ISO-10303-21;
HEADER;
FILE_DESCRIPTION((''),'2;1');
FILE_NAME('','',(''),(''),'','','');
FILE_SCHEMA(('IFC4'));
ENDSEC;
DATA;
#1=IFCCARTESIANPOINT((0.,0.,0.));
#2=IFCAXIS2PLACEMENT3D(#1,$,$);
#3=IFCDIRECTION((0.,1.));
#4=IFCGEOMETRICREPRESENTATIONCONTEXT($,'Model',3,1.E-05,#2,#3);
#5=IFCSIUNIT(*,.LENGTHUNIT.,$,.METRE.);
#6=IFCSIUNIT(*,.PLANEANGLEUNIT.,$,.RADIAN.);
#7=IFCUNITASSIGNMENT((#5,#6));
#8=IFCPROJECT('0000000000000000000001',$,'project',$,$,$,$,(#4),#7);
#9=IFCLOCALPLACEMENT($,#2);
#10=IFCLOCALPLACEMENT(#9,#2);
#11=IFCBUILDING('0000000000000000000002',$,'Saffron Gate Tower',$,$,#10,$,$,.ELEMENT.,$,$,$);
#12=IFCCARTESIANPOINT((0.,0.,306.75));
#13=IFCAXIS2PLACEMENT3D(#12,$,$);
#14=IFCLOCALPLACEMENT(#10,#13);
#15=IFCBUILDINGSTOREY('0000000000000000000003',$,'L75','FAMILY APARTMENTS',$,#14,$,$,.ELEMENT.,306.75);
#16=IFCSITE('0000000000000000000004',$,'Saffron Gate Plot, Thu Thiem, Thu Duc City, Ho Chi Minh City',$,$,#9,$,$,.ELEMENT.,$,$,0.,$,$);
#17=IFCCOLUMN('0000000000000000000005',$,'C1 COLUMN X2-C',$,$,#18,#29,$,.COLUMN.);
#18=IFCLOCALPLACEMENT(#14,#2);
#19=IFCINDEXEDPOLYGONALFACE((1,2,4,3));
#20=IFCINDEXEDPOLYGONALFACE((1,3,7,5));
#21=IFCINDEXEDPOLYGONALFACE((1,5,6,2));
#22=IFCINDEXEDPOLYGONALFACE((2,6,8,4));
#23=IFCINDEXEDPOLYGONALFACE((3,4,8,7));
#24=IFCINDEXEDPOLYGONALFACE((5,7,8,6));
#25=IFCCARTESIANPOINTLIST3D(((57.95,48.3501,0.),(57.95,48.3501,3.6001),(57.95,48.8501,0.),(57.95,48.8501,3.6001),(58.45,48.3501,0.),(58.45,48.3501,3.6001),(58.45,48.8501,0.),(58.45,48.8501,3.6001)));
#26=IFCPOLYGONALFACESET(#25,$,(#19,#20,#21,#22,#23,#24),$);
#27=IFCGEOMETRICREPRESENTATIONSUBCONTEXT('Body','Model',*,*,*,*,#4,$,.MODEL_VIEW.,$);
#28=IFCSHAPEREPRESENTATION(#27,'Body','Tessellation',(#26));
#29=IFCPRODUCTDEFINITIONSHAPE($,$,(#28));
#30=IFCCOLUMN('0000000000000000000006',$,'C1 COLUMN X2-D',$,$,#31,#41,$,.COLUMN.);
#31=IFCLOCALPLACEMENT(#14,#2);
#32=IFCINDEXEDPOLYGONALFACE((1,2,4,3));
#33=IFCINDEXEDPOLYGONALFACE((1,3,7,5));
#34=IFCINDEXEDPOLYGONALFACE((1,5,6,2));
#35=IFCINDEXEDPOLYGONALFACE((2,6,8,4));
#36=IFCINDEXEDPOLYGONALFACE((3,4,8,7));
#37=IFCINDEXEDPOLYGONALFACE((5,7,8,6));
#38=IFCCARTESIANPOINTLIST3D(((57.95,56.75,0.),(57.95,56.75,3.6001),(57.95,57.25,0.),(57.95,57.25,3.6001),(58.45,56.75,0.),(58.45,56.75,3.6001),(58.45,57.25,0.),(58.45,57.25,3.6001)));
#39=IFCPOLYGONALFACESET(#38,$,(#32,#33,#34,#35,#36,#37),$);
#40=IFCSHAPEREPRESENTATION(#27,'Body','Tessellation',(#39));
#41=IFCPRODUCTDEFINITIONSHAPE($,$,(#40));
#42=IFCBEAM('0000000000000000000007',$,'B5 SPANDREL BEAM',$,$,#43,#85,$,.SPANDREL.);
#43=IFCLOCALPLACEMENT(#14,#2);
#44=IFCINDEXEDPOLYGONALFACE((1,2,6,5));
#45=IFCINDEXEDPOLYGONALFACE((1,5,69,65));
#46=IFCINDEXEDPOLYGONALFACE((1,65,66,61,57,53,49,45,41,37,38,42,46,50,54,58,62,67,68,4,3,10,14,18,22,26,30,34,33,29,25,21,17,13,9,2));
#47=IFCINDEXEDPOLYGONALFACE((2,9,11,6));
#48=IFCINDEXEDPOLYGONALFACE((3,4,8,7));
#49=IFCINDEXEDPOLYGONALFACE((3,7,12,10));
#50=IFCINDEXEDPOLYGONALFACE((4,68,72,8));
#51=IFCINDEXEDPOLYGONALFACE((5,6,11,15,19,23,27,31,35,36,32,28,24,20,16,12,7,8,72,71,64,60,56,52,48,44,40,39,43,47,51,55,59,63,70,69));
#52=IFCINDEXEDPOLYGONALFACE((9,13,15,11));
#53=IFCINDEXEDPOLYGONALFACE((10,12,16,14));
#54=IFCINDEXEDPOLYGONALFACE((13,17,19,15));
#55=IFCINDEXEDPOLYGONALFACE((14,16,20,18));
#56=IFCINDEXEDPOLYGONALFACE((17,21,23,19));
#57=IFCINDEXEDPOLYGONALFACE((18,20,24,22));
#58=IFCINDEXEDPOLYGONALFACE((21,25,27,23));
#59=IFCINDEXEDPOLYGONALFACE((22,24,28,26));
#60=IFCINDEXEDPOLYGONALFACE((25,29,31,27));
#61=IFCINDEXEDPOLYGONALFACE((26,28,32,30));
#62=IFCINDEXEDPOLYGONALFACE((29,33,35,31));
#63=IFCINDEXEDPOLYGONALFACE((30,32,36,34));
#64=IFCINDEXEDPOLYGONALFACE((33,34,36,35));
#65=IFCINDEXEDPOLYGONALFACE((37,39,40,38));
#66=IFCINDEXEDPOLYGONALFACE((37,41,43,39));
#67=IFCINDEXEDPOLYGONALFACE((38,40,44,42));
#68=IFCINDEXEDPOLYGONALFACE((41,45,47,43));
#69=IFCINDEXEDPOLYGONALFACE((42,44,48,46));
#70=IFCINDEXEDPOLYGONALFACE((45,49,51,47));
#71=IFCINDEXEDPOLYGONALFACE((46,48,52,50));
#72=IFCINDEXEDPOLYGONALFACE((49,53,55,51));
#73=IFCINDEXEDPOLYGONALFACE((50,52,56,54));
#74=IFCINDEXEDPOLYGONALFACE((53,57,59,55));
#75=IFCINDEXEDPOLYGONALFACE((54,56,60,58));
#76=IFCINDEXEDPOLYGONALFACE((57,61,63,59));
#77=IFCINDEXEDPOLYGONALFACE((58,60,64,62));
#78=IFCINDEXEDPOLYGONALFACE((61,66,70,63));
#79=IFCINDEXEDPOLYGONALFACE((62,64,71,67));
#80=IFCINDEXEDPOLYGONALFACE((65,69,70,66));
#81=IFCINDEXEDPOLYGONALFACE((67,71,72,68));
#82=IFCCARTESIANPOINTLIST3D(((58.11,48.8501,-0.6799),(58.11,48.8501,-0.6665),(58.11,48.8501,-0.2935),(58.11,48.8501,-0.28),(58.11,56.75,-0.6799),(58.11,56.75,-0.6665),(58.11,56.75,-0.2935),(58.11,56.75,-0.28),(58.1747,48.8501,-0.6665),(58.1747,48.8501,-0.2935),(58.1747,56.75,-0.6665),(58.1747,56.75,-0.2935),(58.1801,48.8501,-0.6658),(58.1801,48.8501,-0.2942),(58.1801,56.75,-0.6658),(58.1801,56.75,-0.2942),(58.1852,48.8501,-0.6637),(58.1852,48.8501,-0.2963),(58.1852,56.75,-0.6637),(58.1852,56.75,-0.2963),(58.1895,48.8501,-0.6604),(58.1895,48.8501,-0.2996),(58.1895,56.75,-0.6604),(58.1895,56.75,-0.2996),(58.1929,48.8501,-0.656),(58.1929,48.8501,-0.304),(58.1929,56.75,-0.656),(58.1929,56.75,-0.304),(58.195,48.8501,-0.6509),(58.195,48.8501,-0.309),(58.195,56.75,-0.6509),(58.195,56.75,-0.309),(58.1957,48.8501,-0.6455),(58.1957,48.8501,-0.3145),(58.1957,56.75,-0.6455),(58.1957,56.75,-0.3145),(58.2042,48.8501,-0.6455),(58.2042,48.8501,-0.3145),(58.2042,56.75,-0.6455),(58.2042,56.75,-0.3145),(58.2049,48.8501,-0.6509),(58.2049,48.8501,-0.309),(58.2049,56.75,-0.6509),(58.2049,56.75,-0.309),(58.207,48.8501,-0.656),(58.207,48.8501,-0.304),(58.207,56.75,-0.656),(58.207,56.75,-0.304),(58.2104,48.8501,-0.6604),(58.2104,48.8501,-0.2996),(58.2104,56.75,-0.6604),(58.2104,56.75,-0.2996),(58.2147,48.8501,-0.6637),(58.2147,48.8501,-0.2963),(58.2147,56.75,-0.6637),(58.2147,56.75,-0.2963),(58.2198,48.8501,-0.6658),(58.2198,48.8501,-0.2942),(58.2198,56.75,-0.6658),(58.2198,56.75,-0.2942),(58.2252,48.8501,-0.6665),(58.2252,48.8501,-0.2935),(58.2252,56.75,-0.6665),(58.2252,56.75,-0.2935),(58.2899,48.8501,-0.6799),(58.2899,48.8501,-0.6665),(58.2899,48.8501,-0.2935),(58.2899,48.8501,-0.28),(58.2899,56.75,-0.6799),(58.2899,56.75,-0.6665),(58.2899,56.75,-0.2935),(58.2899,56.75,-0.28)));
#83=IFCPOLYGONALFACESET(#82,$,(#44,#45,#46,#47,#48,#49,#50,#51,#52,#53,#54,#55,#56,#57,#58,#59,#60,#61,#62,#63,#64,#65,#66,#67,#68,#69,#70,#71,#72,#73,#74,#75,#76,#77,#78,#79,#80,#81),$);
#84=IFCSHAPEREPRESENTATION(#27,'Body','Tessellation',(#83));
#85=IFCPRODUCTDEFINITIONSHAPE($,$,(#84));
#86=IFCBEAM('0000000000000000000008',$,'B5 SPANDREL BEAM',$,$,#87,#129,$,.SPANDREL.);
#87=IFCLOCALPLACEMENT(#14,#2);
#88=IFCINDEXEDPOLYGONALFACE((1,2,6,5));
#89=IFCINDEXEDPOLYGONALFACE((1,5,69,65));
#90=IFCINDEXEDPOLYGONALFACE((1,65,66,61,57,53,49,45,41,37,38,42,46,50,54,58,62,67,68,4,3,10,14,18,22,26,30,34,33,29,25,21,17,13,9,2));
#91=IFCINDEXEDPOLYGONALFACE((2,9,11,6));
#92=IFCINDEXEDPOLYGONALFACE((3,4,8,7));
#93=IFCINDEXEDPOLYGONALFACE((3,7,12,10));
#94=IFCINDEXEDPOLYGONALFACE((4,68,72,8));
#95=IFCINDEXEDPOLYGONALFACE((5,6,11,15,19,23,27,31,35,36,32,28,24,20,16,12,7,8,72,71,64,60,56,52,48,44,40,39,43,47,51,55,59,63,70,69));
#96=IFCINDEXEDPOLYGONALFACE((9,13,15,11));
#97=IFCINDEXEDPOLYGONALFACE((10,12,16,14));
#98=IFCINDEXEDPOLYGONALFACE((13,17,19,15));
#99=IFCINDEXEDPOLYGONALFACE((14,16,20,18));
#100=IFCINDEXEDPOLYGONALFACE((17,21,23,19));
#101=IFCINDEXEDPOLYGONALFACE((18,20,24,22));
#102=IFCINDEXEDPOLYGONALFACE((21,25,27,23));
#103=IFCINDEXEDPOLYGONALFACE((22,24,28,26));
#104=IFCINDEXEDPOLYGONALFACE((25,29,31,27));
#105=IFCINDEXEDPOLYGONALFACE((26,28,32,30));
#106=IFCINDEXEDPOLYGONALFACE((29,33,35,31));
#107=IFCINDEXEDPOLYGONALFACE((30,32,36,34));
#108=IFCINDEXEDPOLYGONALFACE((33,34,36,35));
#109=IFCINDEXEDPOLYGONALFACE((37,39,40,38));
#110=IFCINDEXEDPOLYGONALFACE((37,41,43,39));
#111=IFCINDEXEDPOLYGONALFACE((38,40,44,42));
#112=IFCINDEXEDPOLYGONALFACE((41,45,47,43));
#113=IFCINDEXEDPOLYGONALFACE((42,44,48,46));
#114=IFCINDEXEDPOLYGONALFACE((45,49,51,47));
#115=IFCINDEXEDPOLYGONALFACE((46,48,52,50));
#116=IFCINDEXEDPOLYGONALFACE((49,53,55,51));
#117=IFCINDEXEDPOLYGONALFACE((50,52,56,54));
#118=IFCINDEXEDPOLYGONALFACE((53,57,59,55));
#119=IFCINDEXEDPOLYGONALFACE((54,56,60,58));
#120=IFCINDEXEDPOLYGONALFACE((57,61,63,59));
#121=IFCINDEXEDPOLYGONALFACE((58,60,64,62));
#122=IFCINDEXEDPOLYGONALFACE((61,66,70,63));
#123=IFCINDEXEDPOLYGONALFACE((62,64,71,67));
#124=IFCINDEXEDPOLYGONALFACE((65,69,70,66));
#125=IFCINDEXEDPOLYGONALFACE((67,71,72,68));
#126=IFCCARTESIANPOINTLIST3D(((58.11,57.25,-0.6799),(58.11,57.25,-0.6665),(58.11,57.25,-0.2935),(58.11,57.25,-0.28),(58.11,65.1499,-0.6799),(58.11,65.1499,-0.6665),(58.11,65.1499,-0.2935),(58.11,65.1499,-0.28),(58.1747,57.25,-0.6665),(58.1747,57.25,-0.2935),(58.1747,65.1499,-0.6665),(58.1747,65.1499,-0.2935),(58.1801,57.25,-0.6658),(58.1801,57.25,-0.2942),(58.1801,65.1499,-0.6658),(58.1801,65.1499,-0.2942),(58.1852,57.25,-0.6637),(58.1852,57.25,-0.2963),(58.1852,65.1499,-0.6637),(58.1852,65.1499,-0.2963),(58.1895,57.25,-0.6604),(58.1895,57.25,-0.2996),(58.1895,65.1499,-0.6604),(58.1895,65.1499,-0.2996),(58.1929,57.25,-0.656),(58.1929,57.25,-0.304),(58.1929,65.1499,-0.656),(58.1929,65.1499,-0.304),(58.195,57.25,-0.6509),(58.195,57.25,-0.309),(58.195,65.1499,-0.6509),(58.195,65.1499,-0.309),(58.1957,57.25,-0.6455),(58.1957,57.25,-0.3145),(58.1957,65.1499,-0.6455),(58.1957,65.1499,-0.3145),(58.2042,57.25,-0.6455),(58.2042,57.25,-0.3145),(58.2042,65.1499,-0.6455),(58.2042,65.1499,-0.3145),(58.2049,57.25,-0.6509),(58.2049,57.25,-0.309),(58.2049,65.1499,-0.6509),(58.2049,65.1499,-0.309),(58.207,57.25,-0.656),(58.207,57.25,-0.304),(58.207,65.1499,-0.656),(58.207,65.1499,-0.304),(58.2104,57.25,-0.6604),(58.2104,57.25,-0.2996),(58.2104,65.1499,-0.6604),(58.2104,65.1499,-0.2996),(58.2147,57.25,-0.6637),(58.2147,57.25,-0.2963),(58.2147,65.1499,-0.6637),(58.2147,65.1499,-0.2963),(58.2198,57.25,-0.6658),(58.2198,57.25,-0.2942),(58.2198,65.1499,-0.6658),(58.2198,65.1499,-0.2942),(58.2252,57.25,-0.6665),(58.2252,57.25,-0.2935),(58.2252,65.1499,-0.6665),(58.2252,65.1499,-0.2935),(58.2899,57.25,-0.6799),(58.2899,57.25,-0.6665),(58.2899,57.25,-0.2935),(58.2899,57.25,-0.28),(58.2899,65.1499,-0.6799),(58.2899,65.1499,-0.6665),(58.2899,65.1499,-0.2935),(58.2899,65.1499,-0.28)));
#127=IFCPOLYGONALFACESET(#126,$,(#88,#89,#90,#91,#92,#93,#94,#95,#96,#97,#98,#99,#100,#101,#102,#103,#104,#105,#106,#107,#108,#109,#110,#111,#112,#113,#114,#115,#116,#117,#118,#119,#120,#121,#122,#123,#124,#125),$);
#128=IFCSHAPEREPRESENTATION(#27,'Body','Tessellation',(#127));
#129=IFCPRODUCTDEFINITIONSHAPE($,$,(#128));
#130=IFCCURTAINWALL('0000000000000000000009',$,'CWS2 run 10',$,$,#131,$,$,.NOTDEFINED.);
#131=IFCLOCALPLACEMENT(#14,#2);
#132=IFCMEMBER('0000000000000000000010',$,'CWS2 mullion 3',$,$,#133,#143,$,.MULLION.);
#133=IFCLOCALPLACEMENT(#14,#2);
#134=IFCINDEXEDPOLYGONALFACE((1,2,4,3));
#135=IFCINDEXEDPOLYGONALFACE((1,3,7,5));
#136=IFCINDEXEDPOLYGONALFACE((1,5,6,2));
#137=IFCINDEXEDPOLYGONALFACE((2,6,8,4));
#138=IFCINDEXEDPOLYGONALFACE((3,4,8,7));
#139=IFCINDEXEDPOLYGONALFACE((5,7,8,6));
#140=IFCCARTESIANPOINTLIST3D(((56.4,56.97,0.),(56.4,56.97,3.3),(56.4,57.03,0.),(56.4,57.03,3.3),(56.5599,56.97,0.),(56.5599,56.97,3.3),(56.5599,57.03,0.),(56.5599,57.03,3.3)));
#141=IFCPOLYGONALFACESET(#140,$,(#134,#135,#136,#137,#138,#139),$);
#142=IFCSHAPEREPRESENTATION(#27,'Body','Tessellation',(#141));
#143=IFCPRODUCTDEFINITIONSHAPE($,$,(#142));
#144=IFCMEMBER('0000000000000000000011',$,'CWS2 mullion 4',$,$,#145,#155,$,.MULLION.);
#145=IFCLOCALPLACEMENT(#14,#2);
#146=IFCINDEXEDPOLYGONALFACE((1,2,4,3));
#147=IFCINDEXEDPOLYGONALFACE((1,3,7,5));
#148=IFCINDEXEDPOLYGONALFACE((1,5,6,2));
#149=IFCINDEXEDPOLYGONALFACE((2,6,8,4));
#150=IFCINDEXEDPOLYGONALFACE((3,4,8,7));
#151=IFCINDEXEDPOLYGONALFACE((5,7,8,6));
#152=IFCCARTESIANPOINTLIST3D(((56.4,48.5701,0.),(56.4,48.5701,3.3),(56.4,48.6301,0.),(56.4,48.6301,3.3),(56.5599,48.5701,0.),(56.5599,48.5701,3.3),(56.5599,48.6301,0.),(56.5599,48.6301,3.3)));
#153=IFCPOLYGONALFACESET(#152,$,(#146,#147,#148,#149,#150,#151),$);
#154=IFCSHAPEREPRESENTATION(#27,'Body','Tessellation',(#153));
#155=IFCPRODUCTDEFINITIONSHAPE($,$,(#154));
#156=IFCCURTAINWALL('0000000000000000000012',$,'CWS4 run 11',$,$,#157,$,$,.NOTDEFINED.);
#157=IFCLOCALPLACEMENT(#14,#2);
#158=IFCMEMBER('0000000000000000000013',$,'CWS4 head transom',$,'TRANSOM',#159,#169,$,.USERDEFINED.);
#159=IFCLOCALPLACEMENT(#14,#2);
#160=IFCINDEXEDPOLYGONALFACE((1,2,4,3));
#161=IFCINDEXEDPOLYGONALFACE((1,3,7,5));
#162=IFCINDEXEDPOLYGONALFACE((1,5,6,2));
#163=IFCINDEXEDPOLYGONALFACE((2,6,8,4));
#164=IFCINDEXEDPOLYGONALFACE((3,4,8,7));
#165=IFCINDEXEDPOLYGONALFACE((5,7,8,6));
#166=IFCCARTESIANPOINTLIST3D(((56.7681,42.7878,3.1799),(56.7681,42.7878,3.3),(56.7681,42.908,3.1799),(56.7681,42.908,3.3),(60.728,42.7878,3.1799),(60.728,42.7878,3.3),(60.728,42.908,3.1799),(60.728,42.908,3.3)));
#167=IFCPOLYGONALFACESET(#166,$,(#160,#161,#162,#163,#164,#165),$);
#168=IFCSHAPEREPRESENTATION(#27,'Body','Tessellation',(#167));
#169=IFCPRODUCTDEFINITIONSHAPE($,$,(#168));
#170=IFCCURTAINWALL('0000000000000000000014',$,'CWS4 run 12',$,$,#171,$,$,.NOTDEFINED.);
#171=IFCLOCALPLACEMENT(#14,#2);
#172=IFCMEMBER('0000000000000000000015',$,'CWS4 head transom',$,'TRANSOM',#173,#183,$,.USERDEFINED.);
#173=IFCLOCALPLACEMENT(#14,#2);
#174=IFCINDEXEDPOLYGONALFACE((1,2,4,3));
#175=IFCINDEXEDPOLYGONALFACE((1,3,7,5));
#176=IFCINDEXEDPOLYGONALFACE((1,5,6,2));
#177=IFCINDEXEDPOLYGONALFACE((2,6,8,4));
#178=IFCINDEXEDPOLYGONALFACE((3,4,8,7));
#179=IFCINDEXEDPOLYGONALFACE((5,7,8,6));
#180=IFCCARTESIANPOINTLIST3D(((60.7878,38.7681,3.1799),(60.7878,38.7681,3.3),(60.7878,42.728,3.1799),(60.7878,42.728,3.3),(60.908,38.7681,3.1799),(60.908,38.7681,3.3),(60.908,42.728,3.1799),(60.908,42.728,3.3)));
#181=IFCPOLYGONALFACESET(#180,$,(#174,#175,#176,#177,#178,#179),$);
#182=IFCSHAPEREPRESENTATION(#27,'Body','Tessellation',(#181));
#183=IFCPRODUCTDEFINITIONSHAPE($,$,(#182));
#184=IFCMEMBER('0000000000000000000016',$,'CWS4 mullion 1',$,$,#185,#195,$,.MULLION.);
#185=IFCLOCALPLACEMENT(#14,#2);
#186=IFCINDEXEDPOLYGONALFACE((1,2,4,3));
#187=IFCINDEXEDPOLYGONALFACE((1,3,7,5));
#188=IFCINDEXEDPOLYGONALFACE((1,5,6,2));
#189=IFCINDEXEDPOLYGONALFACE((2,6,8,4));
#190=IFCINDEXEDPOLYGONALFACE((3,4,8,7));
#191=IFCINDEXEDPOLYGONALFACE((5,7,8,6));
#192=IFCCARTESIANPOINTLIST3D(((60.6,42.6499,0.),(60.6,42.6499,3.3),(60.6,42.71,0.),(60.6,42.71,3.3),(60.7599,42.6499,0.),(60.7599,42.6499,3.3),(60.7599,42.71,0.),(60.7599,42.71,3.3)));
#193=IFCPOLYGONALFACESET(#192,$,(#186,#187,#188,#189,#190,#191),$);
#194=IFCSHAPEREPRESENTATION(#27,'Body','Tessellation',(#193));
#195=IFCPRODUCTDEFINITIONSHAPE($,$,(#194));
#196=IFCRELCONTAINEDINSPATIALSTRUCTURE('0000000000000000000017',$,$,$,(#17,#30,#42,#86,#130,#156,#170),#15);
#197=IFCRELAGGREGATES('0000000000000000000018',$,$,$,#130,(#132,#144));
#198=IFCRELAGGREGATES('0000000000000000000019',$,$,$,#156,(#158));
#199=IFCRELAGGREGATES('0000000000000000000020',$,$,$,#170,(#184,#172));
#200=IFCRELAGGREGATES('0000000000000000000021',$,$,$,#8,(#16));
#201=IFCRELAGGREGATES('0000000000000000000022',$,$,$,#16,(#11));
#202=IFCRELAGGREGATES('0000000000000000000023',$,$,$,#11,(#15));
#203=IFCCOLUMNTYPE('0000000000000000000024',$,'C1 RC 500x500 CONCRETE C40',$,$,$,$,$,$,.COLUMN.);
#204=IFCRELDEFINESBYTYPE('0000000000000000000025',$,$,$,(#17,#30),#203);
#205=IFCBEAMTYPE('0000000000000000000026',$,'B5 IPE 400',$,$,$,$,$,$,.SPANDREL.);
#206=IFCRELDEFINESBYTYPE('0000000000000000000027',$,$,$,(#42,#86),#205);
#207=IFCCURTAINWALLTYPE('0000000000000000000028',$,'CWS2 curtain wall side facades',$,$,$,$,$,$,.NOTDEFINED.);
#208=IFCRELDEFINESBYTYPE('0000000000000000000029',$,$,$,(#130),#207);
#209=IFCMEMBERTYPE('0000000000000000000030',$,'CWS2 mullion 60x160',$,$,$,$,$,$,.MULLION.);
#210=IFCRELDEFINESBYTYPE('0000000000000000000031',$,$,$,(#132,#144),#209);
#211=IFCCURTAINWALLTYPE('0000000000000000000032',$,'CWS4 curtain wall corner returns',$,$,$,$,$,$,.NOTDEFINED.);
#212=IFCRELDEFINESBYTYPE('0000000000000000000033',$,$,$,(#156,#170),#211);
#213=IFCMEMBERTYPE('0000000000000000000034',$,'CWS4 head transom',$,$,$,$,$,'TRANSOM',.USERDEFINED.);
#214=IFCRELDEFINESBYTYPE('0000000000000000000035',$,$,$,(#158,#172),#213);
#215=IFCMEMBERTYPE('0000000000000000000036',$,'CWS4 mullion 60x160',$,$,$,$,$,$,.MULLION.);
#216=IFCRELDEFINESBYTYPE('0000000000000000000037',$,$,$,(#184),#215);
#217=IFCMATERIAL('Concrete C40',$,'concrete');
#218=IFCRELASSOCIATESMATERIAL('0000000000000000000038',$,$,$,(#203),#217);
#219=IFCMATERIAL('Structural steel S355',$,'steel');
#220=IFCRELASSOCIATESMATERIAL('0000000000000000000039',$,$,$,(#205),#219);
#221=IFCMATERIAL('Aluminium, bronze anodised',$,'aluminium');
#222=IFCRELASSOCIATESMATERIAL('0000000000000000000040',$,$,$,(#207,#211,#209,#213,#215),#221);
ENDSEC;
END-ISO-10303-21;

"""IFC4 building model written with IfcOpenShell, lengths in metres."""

from ifc_helpers import new_model, si_unit, direction, frame, origin, origin_2d, place, context, subcontext, project, spatial, rectangle, i_section, extrude, material, material_profile, profile_set, type_object, element, aggregate, save


model = new_model("IFC4")

# Units and contexts
model_context = context("Model", 3, precision=1e-05, world=origin(), true_north=direction((0.0, 1.0)))
body_context = subcontext(model_context, "Body", "Model", "MODEL_VIEW")
ifc_project = project(units=[si_unit("LENGTHUNIT", "METRE"), si_unit("PLANEANGLEUNIT", "RADIAN")], contexts=[model_context])

# Site, building, storey
site_placement = place(None, origin())
site = spatial("IfcSite", under=ifc_project, at=site_placement, Name="Saffron Gate Plot, Thu Thiem, Thu Duc City, Ho Chi Minh City", CompositionType="ELEMENT", RefElevation=0.0)
building_placement = place(site_placement, origin())
building = spatial("IfcBuilding", under=site, at=building_placement, Name="Saffron Gate Tower", CompositionType="ELEMENT")
storey_placement = place(building_placement, frame((0.0, 0.0, 306.75)))
storey = spatial("IfcBuildingStorey", under=building, at=storey_placement, Name="L75", Description="FAMILY APARTMENTS", CompositionType="ELEMENT", Elevation=306.75)

# Columns
ifc_material_1 = material(Name="Concrete C40", Category="concrete")
ifc_material_profile_1 = material_profile(ifc_material_1, rectangle(XDim=0.5, YDim=0.5, at=origin_2d()))
ifc_profile_set_1 = profile_set([ifc_material_profile_1], Name="Concrete C40")
column_type = type_object("IfcColumnType", Name="C1 RC 500x500 CONCRETE C40", PredefinedType="COLUMN", material=ifc_profile_set_1)
for number, where, z_axis, x_axis, name in (
    (1, (58.2, 48.6001, 0.0), (0.0, 0.0, 1.0), (1.0, 0.0, 0.0), "C1 COLUMN X2-C"),
    (2, (58.2, 57.0, 0.0), (0.0, 0.0, 1.0), (1.0, 0.0, 0.0), "C1 COLUMN X2-D"),
):
    element("IfcColumn", number, at=place(storey_placement, frame(where, z_axis=z_axis, x_axis=x_axis)), inside=storey, type_object=column_type, Name=name, PredefinedType="COLUMN", context=body_context, shape_type="SweptSolid", body=[
        extrude(rectangle(XDim=0.5, YDim=0.5, at=origin_2d()), origin(), (0.0, 0.0, 1.0), 3.6001),
    ])

# Beams
ifc_material_2 = material(Name="Structural steel S355", Category="steel")
ifc_material_profile_2 = material_profile(ifc_material_2, i_section(OverallWidth=0.1799, OverallDepth=0.3999, WebThickness=0.0085, FlangeThickness=0.0134, FilletRadius=0.021, at=origin_2d()))
ifc_profile_set_2 = profile_set([ifc_material_profile_2], Name="Structural steel S355")
beam_type = type_object("IfcBeamType", Name="B5 IPE 400", PredefinedType="SPANDREL", material=ifc_profile_set_2)
for number, where, z_axis, x_axis, name in (
    (3, (58.2, 48.8501, -0.48), (0.0, 1.0, 0.0), (-1.0, 0.0, 0.0), "B5 SPANDREL BEAM"),
    (4, (58.2, 57.25, -0.48), (0.0, 1.0, 0.0), (-1.0, 0.0, 0.0), "B5 SPANDREL BEAM"),
):
    element("IfcBeam", number, at=place(storey_placement, frame(where, z_axis=z_axis, x_axis=x_axis)), inside=storey, type_object=beam_type, Name=name, PredefinedType="SPANDREL", context=body_context, shape_type="SweptSolid", body=[
        extrude(i_section(OverallWidth=0.1799, OverallDepth=0.3999, WebThickness=0.0085, FlangeThickness=0.0134, FilletRadius=0.021, at=origin_2d()), origin(), (0.0, 0.0, 1.0), 7.8999),
    ])

# Curtain wall, members
ifc_material_3 = material(Name="Aluminium, bronze anodised", Category="aluminium")
curtain_wall_type_1 = type_object("IfcCurtainWallType", Name="CWS2 curtain wall side facades", PredefinedType="NOTDEFINED", material=ifc_material_3)
curtain_wall_1_placement = place(storey_placement, origin())
curtain_wall_1 = element("IfcCurtainWall", 5, at=curtain_wall_1_placement, inside=storey, type_object=curtain_wall_type_1, Name="CWS2 run 10", PredefinedType="NOTDEFINED")
ifc_material_profile_3 = material_profile(ifc_material_3, rectangle(XDim=0.1599, YDim=0.0601, at=origin_2d()))
ifc_profile_set_3 = profile_set([ifc_material_profile_3], Name="Aluminium, bronze anodised")
member_type_1 = type_object("IfcMemberType", Name="CWS2 mullion 60x160", PredefinedType="MULLION", material=ifc_profile_set_3)
member_1_placement = place(storey_placement, frame((56.48, 57.0, 0.0), z_axis=(0.0, 0.0, 1.0), x_axis=(1.0, 0.0, 0.0)))
member_1 = element("IfcMember", 6, at=member_1_placement, type_object=member_type_1, Name="CWS2 mullion 3", PredefinedType="MULLION", context=body_context, shape_type="SweptSolid", body=[
    extrude(rectangle(XDim=0.1599, YDim=0.0601, at=origin_2d()), origin(), (0.0, 0.0, 1.0), 3.3),
])
member_2_placement = place(storey_placement, frame((56.48, 48.6001, 0.0), z_axis=(0.0, 0.0, 1.0), x_axis=(1.0, 0.0, 0.0)))
member_2 = element("IfcMember", 7, at=member_2_placement, type_object=member_type_1, Name="CWS2 mullion 4", PredefinedType="MULLION", context=body_context, shape_type="SweptSolid", body=[
    extrude(rectangle(XDim=0.1599, YDim=0.0601, at=origin_2d()), origin(), (0.0, 0.0, 1.0), 3.3),
])
aggregate(curtain_wall_1, [member_1, member_2])

# Curtain wall, member
curtain_wall_type_2 = type_object("IfcCurtainWallType", Name="CWS4 curtain wall corner returns", PredefinedType="NOTDEFINED", material=ifc_material_3)
curtain_wall_2_placement = place(storey_placement, origin())
curtain_wall_2 = element("IfcCurtainWall", 8, at=curtain_wall_2_placement, inside=storey, type_object=curtain_wall_type_2, Name="CWS4 run 11", PredefinedType="NOTDEFINED")
ifc_material_profile_4 = material_profile(ifc_material_3, rectangle(XDim=0.1201, YDim=0.1201, at=origin_2d()))
ifc_profile_set_4 = profile_set([ifc_material_profile_4], Name="Aluminium, bronze anodised")
member_type_2 = type_object("IfcMemberType", Name="CWS4 head transom", ElementType="TRANSOM", PredefinedType="USERDEFINED", material=ifc_profile_set_4)
member_3_placement = place(storey_placement, frame((56.7681, 42.8479, 3.24), z_axis=(1.0, 0.0, 0.0), x_axis=(0.0, 1.0, 0.0)))
member_3 = element("IfcMember", 9, at=member_3_placement, type_object=member_type_2, Name="CWS4 head transom", ObjectType="TRANSOM", PredefinedType="USERDEFINED", context=body_context, shape_type="SweptSolid", body=[
    extrude(rectangle(XDim=0.1201, YDim=0.1201, at=origin_2d()), origin(), (0.0, 0.0, 1.0), 3.96),
])

# Curtain wall, members
curtain_wall_3_placement = place(storey_placement, origin())
curtain_wall_3 = element("IfcCurtainWall", 10, at=curtain_wall_3_placement, inside=storey, type_object=curtain_wall_type_2, Name="CWS4 run 12", PredefinedType="NOTDEFINED")
member_4_placement = place(storey_placement, frame((60.8479, 42.728, 3.24), z_axis=(0.0, -1.0, 0.0), x_axis=(1.0, 0.0, 0.0)))
member_4 = element("IfcMember", 11, at=member_4_placement, type_object=member_type_2, Name="CWS4 head transom", ObjectType="TRANSOM", PredefinedType="USERDEFINED", context=body_context, shape_type="SweptSolid", body=[
    extrude(rectangle(XDim=0.1201, YDim=0.1201, at=origin_2d()), origin(), (0.0, 0.0, 1.0), 3.96),
])
ifc_material_profile_5 = material_profile(ifc_material_3, rectangle(XDim=0.1599, YDim=0.0601, at=origin_2d()))
ifc_profile_set_5 = profile_set([ifc_material_profile_5], Name="Aluminium, bronze anodised")
member_type_3 = type_object("IfcMemberType", Name="CWS4 mullion 60x160", PredefinedType="MULLION", material=ifc_profile_set_5)
member_5_placement = place(storey_placement, frame((60.6799, 42.6799, 0.0), z_axis=(0.0, 0.0, 1.0), x_axis=(1.0, 0.0, 0.0)))
member_5 = element("IfcMember", 12, at=member_5_placement, type_object=member_type_3, Name="CWS4 mullion 1", PredefinedType="MULLION", context=body_context, shape_type="SweptSolid", body=[
    extrude(rectangle(XDim=0.1599, YDim=0.0601, at=origin_2d()), origin(), (0.0, 0.0, 1.0), 3.3),
])

aggregate(curtain_wall_2, [member_3])
aggregate(curtain_wall_3, [member_5, member_4])

save(model, "model.ifc")
